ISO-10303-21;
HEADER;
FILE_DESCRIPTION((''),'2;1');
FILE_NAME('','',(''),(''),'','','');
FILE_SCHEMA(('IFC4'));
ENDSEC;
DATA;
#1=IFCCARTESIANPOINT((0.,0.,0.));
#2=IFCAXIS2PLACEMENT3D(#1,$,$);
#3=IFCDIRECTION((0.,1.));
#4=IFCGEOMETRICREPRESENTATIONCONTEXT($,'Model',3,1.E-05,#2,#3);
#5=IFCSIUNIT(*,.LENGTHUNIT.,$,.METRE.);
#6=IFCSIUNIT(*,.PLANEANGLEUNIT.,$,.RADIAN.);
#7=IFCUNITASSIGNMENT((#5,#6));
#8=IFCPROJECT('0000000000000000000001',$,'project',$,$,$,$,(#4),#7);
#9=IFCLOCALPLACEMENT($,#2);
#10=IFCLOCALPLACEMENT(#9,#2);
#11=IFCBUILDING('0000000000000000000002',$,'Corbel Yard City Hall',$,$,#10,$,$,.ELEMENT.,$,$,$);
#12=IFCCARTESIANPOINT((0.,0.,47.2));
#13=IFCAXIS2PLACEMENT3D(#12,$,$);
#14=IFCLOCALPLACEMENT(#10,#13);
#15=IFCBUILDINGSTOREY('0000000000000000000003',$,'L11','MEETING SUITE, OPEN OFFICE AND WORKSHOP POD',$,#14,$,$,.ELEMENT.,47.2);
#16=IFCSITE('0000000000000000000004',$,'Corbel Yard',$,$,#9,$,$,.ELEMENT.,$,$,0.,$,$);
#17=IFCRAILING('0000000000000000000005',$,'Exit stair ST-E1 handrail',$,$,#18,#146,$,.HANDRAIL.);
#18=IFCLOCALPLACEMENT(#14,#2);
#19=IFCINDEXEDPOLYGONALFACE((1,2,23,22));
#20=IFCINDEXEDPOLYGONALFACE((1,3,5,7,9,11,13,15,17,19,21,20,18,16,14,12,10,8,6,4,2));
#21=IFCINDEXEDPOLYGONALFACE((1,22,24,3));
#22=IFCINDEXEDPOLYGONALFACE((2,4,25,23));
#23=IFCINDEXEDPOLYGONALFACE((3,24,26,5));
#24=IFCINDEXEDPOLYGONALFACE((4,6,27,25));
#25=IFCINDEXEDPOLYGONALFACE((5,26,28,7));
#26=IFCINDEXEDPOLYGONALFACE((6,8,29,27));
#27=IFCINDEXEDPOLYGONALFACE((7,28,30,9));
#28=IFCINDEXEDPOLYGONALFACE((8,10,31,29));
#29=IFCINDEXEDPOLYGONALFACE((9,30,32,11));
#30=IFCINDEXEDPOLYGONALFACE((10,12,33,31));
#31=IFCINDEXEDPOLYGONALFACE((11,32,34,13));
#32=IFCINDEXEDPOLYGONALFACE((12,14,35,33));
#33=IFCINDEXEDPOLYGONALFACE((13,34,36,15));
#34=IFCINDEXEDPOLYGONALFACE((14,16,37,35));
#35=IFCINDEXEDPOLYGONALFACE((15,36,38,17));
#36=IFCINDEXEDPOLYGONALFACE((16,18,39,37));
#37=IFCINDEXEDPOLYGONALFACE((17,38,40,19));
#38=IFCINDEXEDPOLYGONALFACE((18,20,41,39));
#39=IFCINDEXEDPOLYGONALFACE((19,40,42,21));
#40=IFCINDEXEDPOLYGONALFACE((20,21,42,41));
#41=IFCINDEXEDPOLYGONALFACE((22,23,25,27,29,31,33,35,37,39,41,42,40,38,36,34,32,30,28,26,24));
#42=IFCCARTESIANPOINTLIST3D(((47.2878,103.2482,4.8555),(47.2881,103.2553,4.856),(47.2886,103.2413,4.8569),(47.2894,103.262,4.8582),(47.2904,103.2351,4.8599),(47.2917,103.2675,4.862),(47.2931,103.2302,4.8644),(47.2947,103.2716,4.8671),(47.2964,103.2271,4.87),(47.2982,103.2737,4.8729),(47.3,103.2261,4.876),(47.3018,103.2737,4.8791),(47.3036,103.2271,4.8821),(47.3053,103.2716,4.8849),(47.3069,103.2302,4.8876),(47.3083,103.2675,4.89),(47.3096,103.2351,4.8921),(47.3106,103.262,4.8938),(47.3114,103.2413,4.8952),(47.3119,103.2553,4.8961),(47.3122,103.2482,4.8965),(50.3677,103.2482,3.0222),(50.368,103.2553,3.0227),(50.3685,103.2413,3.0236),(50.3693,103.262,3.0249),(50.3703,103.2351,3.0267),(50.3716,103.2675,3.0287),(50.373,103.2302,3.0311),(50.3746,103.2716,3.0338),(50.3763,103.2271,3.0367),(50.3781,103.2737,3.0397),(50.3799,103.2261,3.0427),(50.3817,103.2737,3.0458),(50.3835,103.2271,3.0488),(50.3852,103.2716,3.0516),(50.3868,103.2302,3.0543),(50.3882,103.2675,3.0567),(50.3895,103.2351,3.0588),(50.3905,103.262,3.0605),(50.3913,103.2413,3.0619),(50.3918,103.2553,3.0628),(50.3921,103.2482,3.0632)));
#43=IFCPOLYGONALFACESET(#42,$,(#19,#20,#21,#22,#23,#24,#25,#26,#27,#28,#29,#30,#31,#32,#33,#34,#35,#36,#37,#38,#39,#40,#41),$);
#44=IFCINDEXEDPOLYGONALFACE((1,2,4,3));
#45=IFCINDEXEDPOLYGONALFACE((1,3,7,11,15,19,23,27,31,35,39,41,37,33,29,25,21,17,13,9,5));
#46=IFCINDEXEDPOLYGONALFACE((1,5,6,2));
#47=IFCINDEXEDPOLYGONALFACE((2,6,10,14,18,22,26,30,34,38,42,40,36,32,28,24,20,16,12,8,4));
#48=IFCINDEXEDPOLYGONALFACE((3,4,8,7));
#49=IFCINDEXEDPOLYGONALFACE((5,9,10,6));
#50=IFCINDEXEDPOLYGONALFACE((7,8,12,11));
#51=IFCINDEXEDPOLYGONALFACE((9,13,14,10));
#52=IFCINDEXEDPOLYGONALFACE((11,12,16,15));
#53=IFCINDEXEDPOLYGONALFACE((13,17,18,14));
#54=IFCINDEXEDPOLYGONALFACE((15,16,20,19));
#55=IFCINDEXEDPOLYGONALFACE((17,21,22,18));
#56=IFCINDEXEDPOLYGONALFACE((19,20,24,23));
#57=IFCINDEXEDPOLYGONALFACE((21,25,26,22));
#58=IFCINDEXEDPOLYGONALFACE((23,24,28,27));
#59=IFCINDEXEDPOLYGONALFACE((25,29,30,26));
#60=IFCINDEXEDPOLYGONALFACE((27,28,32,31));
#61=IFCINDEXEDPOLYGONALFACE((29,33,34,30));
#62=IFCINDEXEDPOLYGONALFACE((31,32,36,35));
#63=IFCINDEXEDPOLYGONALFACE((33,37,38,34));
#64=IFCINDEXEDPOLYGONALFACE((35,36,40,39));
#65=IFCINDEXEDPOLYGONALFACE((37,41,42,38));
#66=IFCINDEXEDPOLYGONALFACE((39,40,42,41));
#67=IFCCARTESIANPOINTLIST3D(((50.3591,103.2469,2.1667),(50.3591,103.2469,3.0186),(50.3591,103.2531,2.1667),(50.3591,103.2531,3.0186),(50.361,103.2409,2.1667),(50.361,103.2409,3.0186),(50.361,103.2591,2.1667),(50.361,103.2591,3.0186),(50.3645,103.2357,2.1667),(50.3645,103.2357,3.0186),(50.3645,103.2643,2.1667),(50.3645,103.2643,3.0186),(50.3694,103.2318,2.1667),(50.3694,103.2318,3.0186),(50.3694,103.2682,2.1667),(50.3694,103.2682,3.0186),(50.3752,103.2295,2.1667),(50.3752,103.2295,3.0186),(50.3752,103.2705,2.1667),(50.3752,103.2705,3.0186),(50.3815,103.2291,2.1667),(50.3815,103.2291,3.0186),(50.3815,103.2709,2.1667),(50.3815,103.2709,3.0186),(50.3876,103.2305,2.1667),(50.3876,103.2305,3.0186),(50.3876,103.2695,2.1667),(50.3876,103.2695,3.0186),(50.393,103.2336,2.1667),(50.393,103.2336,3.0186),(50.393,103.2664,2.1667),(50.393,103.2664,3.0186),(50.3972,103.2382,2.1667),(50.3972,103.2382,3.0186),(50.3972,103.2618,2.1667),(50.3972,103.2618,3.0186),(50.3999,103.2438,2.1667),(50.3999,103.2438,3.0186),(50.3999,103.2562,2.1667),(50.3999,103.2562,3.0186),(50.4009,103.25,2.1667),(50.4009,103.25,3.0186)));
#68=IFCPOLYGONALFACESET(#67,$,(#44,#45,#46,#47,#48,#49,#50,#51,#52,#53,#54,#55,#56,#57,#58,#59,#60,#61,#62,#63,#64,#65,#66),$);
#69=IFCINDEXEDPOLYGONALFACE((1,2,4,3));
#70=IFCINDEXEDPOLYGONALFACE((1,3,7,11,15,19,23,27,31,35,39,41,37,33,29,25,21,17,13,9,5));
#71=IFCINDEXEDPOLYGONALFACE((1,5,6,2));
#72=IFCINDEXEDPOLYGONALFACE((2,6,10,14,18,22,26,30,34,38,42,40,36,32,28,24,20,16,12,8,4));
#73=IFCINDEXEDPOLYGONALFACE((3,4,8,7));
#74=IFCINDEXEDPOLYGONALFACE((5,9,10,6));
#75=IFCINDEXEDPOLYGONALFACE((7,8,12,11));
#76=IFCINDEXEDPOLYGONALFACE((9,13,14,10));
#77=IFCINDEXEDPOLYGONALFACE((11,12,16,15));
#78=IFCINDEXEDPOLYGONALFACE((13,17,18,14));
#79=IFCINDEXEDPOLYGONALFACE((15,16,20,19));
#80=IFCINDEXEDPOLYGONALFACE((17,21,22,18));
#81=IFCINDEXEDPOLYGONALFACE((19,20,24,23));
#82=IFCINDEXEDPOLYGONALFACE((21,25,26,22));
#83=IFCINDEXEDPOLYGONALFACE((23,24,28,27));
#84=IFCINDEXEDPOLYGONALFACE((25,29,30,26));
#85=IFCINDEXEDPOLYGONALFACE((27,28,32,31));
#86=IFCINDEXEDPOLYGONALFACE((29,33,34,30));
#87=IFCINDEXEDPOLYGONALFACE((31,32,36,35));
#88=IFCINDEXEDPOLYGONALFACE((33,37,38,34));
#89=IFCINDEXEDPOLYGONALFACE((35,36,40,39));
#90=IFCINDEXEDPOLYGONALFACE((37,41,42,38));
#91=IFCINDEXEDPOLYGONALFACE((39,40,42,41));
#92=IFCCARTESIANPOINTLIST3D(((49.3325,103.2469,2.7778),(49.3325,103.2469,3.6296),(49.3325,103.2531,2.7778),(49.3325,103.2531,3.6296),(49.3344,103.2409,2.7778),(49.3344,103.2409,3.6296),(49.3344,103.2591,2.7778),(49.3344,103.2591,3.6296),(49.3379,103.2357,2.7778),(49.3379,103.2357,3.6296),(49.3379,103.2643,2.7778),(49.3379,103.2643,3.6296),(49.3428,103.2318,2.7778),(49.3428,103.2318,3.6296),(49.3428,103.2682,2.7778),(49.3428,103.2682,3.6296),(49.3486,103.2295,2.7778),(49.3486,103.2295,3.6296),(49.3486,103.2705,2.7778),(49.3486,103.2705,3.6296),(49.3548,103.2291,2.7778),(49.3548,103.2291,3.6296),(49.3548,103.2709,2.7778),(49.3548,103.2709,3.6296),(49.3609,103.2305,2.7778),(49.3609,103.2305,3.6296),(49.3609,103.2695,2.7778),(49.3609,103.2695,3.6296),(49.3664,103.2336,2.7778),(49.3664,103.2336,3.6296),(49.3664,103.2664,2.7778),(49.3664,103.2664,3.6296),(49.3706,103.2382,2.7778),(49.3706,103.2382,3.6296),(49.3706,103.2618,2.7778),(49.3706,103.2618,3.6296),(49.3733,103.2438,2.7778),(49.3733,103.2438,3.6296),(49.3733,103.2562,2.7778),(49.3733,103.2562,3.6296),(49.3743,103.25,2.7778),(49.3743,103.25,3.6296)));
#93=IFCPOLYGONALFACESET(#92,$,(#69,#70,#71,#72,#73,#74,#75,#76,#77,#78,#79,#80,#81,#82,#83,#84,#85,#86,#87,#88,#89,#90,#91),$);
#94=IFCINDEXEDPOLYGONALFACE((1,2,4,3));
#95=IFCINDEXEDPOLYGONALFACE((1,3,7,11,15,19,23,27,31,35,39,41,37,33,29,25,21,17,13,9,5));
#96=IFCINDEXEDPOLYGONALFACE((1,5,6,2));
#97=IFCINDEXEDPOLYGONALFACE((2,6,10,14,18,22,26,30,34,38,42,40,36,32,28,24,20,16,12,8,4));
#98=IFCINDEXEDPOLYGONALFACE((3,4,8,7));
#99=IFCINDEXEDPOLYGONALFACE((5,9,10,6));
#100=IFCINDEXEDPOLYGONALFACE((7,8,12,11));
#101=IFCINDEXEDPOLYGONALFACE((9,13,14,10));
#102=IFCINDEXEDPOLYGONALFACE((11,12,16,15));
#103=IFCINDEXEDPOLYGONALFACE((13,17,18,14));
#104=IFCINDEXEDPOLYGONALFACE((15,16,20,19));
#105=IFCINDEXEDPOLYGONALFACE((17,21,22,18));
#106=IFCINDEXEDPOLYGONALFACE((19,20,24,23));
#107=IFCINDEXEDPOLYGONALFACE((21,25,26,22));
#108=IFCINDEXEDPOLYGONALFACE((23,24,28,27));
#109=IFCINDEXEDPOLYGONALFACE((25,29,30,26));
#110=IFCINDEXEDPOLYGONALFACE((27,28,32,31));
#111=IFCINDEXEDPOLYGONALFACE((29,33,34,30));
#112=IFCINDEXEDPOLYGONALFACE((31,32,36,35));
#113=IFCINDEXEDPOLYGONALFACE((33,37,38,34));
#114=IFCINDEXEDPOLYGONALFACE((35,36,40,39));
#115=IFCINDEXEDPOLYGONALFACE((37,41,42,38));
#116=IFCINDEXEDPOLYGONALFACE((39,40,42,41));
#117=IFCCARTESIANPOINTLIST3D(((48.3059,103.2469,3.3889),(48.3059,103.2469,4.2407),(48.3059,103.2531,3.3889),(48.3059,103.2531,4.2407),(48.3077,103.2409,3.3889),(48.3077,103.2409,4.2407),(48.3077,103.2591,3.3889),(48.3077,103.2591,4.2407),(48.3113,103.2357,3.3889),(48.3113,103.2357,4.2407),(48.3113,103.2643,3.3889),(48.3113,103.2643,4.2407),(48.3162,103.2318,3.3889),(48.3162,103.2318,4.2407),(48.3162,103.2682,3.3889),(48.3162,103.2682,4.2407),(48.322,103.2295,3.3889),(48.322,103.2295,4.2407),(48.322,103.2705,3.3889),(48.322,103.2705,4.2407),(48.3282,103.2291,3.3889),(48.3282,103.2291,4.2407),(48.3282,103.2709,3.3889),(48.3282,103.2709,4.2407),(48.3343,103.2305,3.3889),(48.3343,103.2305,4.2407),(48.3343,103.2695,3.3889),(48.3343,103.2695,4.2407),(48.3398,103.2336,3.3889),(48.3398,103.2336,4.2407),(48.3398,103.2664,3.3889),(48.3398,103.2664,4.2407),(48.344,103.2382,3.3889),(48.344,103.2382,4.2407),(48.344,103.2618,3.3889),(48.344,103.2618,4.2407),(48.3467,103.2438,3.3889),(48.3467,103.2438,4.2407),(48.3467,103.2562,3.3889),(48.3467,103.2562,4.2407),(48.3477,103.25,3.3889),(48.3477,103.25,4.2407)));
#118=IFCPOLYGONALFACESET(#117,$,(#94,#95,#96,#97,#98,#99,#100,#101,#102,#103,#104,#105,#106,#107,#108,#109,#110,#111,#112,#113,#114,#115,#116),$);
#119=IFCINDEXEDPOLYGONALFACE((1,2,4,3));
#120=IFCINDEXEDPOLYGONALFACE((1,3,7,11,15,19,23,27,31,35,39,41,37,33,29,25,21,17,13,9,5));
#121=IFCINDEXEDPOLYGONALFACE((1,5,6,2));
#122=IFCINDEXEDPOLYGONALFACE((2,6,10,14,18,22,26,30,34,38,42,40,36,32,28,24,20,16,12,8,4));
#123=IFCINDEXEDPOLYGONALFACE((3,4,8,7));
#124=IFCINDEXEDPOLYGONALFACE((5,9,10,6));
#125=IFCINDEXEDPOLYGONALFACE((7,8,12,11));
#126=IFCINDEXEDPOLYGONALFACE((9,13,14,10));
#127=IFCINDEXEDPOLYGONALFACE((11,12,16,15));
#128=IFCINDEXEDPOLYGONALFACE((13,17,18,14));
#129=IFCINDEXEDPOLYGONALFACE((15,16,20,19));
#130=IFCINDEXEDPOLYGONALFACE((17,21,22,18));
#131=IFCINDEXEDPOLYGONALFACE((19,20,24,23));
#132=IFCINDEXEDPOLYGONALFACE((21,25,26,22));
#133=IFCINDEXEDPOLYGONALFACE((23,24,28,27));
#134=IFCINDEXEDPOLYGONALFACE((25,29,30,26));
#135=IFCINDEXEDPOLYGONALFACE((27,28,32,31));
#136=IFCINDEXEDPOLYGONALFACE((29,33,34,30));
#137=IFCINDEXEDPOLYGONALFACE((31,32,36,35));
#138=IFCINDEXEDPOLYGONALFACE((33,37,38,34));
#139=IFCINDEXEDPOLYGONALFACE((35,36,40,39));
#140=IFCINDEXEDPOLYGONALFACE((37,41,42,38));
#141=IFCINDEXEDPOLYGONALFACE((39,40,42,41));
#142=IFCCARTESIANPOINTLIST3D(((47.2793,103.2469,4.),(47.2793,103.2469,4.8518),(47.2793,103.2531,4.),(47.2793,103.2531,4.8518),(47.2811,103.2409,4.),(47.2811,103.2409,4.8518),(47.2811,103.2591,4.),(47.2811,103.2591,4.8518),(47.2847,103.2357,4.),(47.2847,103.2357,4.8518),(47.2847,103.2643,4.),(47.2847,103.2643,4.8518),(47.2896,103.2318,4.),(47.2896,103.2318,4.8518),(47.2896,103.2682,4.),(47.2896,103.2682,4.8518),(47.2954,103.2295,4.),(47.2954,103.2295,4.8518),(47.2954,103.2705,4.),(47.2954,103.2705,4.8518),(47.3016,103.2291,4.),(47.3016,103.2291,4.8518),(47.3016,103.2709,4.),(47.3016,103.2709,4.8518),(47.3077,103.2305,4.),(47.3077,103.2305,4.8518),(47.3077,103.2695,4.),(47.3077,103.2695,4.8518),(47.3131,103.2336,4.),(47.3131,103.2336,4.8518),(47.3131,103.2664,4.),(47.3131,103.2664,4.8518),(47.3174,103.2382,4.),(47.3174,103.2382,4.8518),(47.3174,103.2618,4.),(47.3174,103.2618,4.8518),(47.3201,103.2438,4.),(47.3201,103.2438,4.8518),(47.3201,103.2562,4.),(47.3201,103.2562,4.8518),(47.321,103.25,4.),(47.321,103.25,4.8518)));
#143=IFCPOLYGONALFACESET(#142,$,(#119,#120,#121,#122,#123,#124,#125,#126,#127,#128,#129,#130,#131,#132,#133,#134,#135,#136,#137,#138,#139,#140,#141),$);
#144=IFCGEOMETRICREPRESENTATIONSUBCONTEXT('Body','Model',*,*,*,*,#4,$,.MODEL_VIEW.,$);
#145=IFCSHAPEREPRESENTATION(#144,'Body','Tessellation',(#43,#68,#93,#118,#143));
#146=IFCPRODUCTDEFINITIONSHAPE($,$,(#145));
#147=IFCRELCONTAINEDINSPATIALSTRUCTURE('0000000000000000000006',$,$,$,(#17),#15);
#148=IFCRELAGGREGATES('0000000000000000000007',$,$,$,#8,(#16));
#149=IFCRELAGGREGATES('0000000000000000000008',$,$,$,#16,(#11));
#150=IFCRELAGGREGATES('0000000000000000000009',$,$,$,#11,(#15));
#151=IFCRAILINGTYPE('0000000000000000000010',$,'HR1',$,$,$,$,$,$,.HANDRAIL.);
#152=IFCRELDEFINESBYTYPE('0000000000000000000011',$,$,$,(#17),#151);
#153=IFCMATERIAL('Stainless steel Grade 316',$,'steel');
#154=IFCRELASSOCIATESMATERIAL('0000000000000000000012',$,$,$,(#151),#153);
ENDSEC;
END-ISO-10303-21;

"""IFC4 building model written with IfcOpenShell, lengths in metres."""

from ifc_helpers import new_model, si_unit, direction, frame, origin, origin_2d, place, context, subcontext, project, spatial, circle, extrude, material, type_object, element, save


model = new_model("IFC4")

# Units and contexts
model_context = context("Model", 3, precision=1e-05, world=origin(), true_north=direction((0.0, 1.0)))
body_context = subcontext(model_context, "Body", "Model", "MODEL_VIEW")
ifc_project = project(units=[si_unit("LENGTHUNIT", "METRE"), si_unit("PLANEANGLEUNIT", "RADIAN")], contexts=[model_context])

# Site, building, storey
site_placement = place(None, origin())
site = spatial("IfcSite", under=ifc_project, at=site_placement, Name="Corbel Yard", CompositionType="ELEMENT", RefElevation=0.0)
building_placement = place(site_placement, origin())
building = spatial("IfcBuilding", under=site, at=building_placement, Name="Corbel Yard City Hall", CompositionType="ELEMENT")
storey_placement = place(building_placement, frame((0.0, 0.0, 47.2)))
storey = spatial("IfcBuildingStorey", under=building, at=storey_placement, Name="L11", Description="MEETING SUITE, OPEN OFFICE AND WORKSHOP POD", CompositionType="ELEMENT", Elevation=47.2)

# Shared definitions
ifc_material_1 = material(Name="Stainless steel Grade 316", Category="steel")

# Railing
railing_type = type_object("IfcRailingType", Name="HR1", PredefinedType="HANDRAIL", material=ifc_material_1)
for number, where, name in (
    (1, (50.3799, 103.25, 2.1667), "Exit stair ST-E1 handrail"),
):
    element("IfcRailing", number, at=place(storey_placement, frame(where)), inside=storey, type_object=railing_type, Name=name, PredefinedType="HANDRAIL", context=body_context, shape_type="SweptSolid", body=[
        extrude(circle(Radius=0.0239, at=origin_2d()), frame((0.0, 0.0, 0.876), z_axis=(-0.859291, 0.0, 0.511487), x_axis=(0.0, -1.0, 0.0)), (0.0, 0.0, 1.0), 3.5842),
        extrude(circle(Radius=0.021, at=origin_2d()), origin(), (0.0, 0.0, 1.0), 0.8518),
        extrude(circle(Radius=0.021, at=origin_2d()), frame((-1.0266, 0.0, 0.6111)), (0.0, 0.0, 1.0), 0.8518),
        extrude(circle(Radius=0.021, at=origin_2d()), frame((-2.0532, 0.0, 1.2222)), (0.0, 0.0, 1.0), 0.8518),
        extrude(circle(Radius=0.021, at=origin_2d()), frame((-3.0798, 0.0, 1.8333)), (0.0, 0.0, 1.0), 0.8518),
    ])

save(model, "model.ifc")
